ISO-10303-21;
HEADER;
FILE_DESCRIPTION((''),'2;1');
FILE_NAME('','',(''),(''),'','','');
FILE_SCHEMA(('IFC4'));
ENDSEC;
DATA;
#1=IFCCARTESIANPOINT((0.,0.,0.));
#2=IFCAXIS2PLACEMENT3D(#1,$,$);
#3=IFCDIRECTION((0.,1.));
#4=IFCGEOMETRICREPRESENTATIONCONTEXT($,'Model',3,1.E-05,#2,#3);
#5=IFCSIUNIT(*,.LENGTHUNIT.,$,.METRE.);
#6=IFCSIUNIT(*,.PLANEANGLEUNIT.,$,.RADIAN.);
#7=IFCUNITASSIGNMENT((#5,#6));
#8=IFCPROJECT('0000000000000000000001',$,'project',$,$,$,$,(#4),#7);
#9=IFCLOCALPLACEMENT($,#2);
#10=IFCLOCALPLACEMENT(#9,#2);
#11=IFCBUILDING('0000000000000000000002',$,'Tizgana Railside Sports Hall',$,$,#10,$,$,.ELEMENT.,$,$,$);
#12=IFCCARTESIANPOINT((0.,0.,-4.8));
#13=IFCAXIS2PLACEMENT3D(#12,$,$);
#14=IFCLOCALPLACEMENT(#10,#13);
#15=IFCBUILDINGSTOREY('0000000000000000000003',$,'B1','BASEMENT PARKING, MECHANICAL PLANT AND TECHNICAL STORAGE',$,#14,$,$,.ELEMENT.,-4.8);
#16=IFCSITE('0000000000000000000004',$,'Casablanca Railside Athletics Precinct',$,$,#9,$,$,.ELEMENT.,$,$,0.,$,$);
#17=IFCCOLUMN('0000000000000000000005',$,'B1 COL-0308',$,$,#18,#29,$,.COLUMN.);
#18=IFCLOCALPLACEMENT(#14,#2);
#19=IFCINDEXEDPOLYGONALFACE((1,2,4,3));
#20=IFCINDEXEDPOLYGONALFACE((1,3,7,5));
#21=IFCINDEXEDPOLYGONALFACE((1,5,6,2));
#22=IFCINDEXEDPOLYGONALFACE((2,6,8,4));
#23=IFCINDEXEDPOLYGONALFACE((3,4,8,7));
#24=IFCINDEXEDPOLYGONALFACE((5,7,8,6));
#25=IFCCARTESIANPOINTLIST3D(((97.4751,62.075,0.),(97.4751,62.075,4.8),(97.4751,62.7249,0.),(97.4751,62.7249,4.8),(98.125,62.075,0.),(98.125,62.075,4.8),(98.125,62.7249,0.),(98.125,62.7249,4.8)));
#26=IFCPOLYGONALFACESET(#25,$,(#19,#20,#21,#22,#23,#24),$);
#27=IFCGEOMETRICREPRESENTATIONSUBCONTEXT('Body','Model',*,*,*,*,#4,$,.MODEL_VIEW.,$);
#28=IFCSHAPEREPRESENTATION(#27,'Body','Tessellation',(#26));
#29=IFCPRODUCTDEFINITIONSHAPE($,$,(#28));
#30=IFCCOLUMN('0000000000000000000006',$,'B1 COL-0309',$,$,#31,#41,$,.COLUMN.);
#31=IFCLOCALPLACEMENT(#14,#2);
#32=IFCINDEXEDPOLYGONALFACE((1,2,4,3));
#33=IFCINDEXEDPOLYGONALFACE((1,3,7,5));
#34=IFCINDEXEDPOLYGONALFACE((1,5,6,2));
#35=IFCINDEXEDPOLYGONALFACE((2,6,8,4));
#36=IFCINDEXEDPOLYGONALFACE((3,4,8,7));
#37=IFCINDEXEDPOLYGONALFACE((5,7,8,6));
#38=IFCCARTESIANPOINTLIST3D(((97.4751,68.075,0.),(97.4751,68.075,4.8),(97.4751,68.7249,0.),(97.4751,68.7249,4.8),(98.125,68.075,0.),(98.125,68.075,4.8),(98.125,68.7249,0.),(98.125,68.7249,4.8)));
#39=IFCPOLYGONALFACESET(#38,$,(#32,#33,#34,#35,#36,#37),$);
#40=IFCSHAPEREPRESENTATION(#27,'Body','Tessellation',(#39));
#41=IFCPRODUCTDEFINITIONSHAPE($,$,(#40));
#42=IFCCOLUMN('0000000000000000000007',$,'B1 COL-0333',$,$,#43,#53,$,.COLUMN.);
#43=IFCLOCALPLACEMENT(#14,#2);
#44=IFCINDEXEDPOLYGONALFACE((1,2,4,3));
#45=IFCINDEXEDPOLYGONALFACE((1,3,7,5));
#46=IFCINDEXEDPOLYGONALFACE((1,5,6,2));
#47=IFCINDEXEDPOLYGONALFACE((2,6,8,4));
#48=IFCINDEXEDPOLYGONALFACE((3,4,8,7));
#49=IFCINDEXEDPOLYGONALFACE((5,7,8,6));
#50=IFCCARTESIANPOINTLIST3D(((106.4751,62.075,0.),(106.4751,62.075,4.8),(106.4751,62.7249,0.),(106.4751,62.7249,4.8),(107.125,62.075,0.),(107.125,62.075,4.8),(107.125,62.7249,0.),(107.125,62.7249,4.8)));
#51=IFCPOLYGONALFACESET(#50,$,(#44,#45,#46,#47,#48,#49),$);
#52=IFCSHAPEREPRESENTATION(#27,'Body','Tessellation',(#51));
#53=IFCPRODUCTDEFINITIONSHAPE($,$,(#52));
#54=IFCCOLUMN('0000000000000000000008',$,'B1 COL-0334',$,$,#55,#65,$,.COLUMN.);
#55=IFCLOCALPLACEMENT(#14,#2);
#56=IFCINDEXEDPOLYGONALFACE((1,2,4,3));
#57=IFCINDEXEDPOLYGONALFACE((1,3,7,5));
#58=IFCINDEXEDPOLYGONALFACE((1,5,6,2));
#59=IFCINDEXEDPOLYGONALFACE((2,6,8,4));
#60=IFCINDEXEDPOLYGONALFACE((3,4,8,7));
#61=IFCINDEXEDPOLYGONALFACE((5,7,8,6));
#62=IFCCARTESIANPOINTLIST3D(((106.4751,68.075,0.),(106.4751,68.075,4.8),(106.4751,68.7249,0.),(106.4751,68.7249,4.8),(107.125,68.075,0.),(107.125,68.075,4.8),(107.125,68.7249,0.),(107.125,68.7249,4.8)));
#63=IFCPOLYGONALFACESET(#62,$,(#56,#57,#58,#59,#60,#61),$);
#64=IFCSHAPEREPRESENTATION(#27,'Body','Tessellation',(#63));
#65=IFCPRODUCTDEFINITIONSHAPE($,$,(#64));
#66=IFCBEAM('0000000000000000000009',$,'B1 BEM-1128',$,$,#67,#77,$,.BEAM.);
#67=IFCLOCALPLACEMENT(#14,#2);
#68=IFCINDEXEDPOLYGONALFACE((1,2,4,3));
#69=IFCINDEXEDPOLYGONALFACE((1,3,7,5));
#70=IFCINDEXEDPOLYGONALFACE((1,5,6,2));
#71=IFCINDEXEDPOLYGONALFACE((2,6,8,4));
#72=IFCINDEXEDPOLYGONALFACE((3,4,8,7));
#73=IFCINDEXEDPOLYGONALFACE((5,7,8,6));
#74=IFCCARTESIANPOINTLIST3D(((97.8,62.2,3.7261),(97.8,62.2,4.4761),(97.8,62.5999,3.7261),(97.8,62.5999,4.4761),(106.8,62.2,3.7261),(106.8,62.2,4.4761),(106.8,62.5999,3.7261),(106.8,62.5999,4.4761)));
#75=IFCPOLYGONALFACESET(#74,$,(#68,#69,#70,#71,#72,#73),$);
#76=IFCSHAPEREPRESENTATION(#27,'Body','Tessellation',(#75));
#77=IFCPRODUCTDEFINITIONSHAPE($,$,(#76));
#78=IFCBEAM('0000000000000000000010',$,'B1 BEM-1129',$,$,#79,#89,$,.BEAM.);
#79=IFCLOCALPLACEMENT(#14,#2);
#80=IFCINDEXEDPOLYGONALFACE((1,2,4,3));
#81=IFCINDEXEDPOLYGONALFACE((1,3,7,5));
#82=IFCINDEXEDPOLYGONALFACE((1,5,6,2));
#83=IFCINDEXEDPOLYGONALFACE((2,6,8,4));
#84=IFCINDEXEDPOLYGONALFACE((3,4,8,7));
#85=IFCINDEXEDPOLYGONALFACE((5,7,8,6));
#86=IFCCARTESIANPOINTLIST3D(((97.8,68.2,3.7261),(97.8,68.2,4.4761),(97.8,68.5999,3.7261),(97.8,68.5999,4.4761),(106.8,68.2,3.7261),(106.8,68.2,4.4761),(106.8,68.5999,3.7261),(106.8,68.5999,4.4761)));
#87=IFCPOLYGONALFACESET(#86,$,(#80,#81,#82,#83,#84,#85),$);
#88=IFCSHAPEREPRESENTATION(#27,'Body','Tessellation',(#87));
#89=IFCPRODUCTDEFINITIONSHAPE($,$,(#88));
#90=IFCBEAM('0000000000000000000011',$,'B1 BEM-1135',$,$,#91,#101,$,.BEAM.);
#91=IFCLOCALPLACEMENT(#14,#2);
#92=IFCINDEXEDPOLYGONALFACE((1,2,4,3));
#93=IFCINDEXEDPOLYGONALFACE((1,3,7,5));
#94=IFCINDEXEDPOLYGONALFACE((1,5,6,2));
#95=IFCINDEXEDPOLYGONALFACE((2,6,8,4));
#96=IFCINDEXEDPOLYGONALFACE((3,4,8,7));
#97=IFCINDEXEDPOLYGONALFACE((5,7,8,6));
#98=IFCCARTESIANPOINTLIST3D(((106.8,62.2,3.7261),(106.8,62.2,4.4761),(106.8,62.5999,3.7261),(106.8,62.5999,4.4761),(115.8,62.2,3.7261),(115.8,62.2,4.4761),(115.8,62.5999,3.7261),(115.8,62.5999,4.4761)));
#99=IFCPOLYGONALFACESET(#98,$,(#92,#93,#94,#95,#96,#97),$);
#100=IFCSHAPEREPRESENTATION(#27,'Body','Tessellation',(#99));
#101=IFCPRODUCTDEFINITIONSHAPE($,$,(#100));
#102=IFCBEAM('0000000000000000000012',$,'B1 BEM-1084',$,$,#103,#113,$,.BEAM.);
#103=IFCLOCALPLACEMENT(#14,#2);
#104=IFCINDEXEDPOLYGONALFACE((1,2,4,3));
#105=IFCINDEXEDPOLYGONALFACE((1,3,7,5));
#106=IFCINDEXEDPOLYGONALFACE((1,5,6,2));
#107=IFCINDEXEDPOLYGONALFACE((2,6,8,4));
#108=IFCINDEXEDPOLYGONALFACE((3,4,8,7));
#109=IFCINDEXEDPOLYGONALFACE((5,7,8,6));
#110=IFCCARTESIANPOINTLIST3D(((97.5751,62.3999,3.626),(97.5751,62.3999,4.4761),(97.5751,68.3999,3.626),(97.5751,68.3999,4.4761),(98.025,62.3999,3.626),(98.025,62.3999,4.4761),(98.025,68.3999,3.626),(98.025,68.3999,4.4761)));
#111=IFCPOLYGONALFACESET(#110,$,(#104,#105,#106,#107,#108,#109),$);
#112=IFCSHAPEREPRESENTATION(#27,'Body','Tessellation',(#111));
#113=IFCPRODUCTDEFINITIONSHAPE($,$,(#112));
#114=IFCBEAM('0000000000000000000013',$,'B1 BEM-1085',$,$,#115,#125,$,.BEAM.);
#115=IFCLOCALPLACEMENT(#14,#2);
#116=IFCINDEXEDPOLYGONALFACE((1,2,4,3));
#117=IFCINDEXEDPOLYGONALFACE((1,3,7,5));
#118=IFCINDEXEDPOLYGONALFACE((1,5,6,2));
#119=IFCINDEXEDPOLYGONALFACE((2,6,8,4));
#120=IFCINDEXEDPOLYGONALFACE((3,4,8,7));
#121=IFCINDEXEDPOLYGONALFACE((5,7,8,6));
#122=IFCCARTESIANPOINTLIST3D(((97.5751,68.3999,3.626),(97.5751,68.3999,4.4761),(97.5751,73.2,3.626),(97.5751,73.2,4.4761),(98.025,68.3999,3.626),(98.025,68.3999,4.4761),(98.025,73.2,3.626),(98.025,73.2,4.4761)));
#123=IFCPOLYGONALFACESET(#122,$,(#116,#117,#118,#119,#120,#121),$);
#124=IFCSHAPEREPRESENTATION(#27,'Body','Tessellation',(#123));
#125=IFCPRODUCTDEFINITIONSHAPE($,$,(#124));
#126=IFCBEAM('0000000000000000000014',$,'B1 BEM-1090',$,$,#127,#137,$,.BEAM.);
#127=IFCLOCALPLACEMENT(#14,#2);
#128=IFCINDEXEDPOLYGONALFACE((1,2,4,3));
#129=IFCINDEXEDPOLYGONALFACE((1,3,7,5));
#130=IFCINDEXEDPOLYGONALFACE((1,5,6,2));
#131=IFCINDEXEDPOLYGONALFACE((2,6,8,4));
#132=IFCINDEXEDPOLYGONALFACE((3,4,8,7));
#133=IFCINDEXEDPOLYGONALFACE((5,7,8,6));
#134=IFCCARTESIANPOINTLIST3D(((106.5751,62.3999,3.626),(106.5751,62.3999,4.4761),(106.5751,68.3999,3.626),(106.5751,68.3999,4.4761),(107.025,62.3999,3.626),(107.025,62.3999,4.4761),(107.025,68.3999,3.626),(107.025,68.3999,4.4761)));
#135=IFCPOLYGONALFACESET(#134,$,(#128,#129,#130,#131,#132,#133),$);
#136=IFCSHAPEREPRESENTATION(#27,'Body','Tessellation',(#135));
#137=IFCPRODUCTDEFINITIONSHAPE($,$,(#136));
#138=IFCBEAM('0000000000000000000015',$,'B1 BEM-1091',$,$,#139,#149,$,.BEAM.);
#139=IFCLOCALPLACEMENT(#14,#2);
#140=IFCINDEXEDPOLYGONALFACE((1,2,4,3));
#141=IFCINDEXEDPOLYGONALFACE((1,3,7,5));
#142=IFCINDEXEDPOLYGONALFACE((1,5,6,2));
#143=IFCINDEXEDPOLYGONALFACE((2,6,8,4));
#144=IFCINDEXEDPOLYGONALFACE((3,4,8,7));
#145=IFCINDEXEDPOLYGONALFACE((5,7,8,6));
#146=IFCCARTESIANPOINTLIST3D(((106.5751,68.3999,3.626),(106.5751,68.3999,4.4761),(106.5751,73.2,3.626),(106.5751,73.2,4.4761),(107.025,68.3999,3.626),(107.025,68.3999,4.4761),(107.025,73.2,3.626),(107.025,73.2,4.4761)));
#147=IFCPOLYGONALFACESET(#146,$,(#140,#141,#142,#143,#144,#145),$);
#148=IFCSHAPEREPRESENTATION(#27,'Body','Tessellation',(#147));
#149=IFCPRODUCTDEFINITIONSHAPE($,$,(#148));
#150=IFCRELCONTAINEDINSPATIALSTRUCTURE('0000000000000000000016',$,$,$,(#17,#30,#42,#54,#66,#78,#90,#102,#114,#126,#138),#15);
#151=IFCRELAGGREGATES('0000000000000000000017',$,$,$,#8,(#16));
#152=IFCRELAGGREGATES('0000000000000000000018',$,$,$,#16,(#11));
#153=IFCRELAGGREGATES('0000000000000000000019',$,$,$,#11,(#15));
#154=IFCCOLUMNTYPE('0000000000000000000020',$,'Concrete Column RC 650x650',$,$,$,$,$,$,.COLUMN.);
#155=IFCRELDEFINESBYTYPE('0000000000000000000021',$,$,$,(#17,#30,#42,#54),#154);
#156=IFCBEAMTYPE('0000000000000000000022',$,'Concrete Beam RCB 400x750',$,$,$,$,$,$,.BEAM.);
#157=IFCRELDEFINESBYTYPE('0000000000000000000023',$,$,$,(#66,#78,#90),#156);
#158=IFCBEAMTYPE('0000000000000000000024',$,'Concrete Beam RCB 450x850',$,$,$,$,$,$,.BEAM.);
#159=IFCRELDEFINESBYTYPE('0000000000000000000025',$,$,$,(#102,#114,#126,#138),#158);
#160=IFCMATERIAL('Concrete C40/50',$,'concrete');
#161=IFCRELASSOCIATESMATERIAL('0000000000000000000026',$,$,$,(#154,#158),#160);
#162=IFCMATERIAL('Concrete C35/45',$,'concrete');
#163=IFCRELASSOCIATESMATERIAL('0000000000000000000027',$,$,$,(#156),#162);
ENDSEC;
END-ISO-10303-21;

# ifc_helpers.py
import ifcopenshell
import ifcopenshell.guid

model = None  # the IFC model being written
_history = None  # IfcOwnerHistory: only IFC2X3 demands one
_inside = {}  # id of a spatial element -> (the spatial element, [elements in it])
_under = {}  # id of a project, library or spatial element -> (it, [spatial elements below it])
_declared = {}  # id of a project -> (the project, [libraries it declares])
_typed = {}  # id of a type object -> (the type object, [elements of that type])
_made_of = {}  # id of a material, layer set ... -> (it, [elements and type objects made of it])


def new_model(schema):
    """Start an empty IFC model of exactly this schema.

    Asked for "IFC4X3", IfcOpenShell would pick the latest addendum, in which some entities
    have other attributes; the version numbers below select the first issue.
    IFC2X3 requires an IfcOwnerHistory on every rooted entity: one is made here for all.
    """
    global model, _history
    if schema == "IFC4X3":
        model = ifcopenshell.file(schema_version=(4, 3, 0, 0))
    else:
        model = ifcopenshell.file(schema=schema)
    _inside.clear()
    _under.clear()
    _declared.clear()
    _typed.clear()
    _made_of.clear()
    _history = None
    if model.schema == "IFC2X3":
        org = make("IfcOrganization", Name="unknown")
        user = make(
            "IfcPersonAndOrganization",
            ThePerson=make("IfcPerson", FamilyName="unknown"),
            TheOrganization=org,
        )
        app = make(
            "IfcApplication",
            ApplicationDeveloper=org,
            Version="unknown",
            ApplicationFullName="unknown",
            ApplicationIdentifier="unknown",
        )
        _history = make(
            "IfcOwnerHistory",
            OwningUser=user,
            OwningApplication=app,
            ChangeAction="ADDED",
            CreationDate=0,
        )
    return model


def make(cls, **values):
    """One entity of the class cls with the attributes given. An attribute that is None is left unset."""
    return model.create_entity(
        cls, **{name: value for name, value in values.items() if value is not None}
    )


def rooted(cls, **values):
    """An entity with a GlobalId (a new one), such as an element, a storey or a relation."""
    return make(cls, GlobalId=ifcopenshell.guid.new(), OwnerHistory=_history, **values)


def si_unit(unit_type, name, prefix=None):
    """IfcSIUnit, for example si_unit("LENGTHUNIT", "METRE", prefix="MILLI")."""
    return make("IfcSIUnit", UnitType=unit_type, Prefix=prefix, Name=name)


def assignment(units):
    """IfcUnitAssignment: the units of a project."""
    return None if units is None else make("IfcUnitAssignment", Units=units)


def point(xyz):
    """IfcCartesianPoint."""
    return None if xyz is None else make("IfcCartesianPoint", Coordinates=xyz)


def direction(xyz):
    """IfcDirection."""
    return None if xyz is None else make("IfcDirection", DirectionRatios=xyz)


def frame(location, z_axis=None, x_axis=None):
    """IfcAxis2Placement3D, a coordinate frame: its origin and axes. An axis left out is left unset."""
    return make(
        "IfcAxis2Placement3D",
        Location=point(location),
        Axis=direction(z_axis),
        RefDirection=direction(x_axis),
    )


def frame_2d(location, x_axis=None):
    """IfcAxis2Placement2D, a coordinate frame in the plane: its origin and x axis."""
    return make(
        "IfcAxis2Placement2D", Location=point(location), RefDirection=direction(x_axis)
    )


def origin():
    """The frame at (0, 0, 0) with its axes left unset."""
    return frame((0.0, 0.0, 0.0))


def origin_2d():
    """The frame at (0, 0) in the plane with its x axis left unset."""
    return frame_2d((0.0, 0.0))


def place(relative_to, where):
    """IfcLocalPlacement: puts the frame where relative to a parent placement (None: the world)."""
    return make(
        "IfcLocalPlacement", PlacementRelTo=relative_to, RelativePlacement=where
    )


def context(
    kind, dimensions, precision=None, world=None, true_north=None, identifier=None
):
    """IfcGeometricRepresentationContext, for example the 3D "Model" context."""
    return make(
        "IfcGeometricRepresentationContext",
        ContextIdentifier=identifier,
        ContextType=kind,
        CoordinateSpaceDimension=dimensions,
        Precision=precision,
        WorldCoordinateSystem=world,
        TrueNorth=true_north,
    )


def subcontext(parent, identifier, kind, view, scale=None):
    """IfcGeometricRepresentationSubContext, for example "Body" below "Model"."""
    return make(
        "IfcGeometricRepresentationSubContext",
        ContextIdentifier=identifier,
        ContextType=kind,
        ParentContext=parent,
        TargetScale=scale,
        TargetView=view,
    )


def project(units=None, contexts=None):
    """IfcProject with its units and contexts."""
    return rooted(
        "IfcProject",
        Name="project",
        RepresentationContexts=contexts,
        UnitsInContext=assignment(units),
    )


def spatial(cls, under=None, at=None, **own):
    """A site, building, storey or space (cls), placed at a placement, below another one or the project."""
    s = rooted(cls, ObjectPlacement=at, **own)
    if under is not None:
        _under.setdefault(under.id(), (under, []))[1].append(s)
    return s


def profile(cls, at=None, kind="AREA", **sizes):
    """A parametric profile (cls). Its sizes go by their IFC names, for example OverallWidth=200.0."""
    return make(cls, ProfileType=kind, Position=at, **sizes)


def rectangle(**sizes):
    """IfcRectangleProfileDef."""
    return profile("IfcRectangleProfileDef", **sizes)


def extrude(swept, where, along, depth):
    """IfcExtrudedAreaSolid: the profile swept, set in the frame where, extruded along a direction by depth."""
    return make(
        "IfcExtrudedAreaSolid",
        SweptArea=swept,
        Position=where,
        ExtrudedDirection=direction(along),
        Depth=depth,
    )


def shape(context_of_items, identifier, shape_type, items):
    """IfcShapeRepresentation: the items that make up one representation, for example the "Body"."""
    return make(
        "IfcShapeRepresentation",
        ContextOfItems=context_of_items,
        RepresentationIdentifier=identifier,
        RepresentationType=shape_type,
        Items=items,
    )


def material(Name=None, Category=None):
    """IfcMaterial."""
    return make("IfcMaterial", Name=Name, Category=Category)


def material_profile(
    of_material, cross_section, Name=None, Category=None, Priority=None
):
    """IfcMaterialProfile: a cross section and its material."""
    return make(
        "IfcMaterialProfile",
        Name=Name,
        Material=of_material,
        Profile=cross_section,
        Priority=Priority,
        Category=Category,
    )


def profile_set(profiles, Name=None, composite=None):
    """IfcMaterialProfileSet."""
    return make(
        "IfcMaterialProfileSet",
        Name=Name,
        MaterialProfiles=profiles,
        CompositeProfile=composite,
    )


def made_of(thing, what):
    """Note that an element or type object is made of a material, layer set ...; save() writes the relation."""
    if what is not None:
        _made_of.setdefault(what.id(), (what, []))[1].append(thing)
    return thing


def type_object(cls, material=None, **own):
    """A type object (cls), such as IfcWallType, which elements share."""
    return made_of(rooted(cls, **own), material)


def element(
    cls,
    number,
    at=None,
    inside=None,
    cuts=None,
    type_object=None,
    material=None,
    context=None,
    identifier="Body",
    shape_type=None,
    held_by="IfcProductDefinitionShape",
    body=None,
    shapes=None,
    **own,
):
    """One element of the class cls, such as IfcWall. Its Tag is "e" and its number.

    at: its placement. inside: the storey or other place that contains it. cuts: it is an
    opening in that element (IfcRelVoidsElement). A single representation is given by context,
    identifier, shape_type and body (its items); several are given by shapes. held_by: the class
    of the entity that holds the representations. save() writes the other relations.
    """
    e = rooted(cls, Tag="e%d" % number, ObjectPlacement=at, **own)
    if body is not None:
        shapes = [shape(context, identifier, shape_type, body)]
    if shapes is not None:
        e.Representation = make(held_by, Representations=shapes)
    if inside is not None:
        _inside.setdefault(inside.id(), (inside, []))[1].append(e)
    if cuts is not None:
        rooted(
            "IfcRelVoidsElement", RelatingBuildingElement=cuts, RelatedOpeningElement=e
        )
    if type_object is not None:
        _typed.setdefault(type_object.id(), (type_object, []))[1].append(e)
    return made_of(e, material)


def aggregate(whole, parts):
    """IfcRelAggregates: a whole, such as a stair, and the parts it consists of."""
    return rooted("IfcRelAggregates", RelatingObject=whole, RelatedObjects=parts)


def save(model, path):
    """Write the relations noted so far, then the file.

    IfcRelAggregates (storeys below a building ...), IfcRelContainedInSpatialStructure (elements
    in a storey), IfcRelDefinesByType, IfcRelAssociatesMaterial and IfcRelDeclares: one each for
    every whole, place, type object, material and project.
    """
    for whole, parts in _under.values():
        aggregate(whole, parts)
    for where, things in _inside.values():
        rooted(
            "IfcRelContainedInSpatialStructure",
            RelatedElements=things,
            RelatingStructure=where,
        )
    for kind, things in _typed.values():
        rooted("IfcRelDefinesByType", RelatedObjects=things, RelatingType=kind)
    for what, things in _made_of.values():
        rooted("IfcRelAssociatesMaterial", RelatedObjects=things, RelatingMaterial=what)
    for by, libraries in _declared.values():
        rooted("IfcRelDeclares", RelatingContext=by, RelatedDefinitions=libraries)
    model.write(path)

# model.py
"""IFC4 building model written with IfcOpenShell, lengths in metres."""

from ifc_helpers import new_model, si_unit, direction, frame, origin, origin_2d, place, context, subcontext, project, spatial, rectangle, extrude, material, material_profile, profile_set, type_object, element, save


model = new_model("IFC4")

# Units and contexts
model_context = context("Model", 3, precision=1e-05, world=origin(), true_north=direction((0.0, 1.0)))
body_context = subcontext(model_context, "Body", "Model", "MODEL_VIEW")
ifc_project = project(units=[si_unit("LENGTHUNIT", "METRE"), si_unit("PLANEANGLEUNIT", "RADIAN")], contexts=[model_context])

# Site, building, storey
site_placement = place(None, origin())
site = spatial("IfcSite", under=ifc_project, at=site_placement, Name="Casablanca Railside Athletics Precinct", CompositionType="ELEMENT", RefElevation=0.0)
building_placement = place(site_placement, origin())
building = spatial("IfcBuilding", under=site, at=building_placement, Name="Tizgana Railside Sports Hall", CompositionType="ELEMENT")
storey_placement = place(building_placement, frame((0.0, 0.0, -4.8)))
storey = spatial("IfcBuildingStorey", under=building, at=storey_placement, Name="B1", Description="BASEMENT PARKING, MECHANICAL PLANT AND TECHNICAL STORAGE", CompositionType="ELEMENT", Elevation=-4.8)

# Shared definitions
ifc_material_1 = material(Name="Concrete C35/45", Category="concrete")

# Columns
ifc_material_2 = material(Name="Concrete C40/50", Category="concrete")
ifc_material_profile_1 = material_profile(ifc_material_2, rectangle(XDim=0.6499, YDim=0.6499, at=origin_2d()), Name="RC 650x650")
ifc_profile_set_1 = profile_set([ifc_material_profile_1], Name="Concrete C40/50")
column_type = type_object("IfcColumnType", Name="Concrete Column RC 650x650", PredefinedType="COLUMN", material=ifc_profile_set_1)
for number, where, z_axis, x_axis, name in (
    (1, (97.8, 62.3999, 0.0), (0.0, 0.0, 1.0), (1.0, 0.0, 0.0), "B1 COL-0308"),
    (2, (97.8, 68.3999, 0.0), (0.0, 0.0, 1.0), (1.0, 0.0, 0.0), "B1 COL-0309"),
    (3, (106.8, 62.3999, 0.0), (0.0, 0.0, 1.0), (1.0, 0.0, 0.0), "B1 COL-0333"),
    (4, (106.8, 68.3999, 0.0), (0.0, 0.0, 1.0), (1.0, 0.0, 0.0), "B1 COL-0334"),
):
    element("IfcColumn", number, at=place(storey_placement, frame(where, z_axis=z_axis, x_axis=x_axis)), inside=storey, type_object=column_type, Name=name, PredefinedType="COLUMN", context=body_context, shape_type="SweptSolid", body=[
        extrude(rectangle(XDim=0.6499, YDim=0.6499, at=origin_2d()), origin(), (0.0, 0.0, 1.0), 4.8),
    ])

# Beams
ifc_material_profile_2 = material_profile(ifc_material_1, rectangle(XDim=0.3999, YDim=0.75, at=origin_2d()), Name="RCB 400x750")
ifc_profile_set_2 = profile_set([ifc_material_profile_2], Name="Concrete C35/45")
beam_type_1 = type_object("IfcBeamType", Name="Concrete Beam RCB 400x750", PredefinedType="BEAM", material=ifc_profile_set_2)
for number, where, z_axis, x_axis, name in (
    (5, (97.8, 62.3999, 4.1011), (1.0, 0.0, 0.0), (0.0, 1.0, 0.0), "B1 BEM-1128"),
    (6, (97.8, 68.3999, 4.1011), (1.0, 0.0, 0.0), (0.0, 1.0, 0.0), "B1 BEM-1129"),
    (7, (106.8, 62.3999, 4.1011), (1.0, 0.0, 0.0), (0.0, 1.0, 0.0), "B1 BEM-1135"),
):
    element("IfcBeam", number, at=place(storey_placement, frame(where, z_axis=z_axis, x_axis=x_axis)), inside=storey, type_object=beam_type_1, Name=name, PredefinedType="BEAM", context=body_context, shape_type="SweptSolid", body=[
        extrude(rectangle(XDim=0.3999, YDim=0.75, at=origin_2d()), origin(), (0.0, 0.0, 1.0), 9.0),
    ])
ifc_material_profile_3 = material_profile(ifc_material_2, rectangle(XDim=0.45, YDim=0.8501, at=origin_2d()), Name="RCB 450x850")
ifc_profile_set_3 = profile_set([ifc_material_profile_3], Name="Concrete C40/50")
beam_type_2 = type_object("IfcBeamType", Name="Concrete Beam RCB 450x850", PredefinedType="BEAM", material=ifc_profile_set_3)
beam_1_placement = place(storey_placement, frame((97.8, 62.3999, 4.051), z_axis=(0.0, 1.0, 0.0), x_axis=(-1.0, 0.0, 0.0)))
element("IfcBeam", 8, at=beam_1_placement, inside=storey, type_object=beam_type_2, Name="B1 BEM-1084", PredefinedType="BEAM", context=body_context, shape_type="SweptSolid", body=[
    extrude(rectangle(XDim=0.45, YDim=0.8501, at=origin_2d()), origin(), (0.0, 0.0, 1.0), 6.0),
])
beam_2_placement = place(storey_placement, frame((97.8, 68.3999, 4.051), z_axis=(0.0, 1.0, 0.0), x_axis=(-1.0, 0.0, 0.0)))
element("IfcBeam", 9, at=beam_2_placement, inside=storey, type_object=beam_type_2, Name="B1 BEM-1085", PredefinedType="BEAM", context=body_context, shape_type="SweptSolid", body=[
    extrude(rectangle(XDim=0.45, YDim=0.8501, at=origin_2d()), origin(), (0.0, 0.0, 1.0), 4.8),
])
beam_3_placement = place(storey_placement, frame((106.8, 62.3999, 4.051), z_axis=(0.0, 1.0, 0.0), x_axis=(-1.0, 0.0, 0.0)))
element("IfcBeam", 10, at=beam_3_placement, inside=storey, type_object=beam_type_2, Name="B1 BEM-1090", PredefinedType="BEAM", context=body_context, shape_type="SweptSolid", body=[
    extrude(rectangle(XDim=0.45, YDim=0.8501, at=origin_2d()), origin(), (0.0, 0.0, 1.0), 6.0),
])
beam_4_placement = place(storey_placement, frame((106.8, 68.3999, 4.051), z_axis=(0.0, 1.0, 0.0), x_axis=(-1.0, 0.0, 0.0)))
element("IfcBeam", 11, at=beam_4_placement, inside=storey, type_object=beam_type_2, Name="B1 BEM-1091", PredefinedType="BEAM", context=body_context, shape_type="SweptSolid", body=[
    extrude(rectangle(XDim=0.45, YDim=0.8501, at=origin_2d()), origin(), (0.0, 0.0, 1.0), 4.8),
])

save(model, "model.ifc")
